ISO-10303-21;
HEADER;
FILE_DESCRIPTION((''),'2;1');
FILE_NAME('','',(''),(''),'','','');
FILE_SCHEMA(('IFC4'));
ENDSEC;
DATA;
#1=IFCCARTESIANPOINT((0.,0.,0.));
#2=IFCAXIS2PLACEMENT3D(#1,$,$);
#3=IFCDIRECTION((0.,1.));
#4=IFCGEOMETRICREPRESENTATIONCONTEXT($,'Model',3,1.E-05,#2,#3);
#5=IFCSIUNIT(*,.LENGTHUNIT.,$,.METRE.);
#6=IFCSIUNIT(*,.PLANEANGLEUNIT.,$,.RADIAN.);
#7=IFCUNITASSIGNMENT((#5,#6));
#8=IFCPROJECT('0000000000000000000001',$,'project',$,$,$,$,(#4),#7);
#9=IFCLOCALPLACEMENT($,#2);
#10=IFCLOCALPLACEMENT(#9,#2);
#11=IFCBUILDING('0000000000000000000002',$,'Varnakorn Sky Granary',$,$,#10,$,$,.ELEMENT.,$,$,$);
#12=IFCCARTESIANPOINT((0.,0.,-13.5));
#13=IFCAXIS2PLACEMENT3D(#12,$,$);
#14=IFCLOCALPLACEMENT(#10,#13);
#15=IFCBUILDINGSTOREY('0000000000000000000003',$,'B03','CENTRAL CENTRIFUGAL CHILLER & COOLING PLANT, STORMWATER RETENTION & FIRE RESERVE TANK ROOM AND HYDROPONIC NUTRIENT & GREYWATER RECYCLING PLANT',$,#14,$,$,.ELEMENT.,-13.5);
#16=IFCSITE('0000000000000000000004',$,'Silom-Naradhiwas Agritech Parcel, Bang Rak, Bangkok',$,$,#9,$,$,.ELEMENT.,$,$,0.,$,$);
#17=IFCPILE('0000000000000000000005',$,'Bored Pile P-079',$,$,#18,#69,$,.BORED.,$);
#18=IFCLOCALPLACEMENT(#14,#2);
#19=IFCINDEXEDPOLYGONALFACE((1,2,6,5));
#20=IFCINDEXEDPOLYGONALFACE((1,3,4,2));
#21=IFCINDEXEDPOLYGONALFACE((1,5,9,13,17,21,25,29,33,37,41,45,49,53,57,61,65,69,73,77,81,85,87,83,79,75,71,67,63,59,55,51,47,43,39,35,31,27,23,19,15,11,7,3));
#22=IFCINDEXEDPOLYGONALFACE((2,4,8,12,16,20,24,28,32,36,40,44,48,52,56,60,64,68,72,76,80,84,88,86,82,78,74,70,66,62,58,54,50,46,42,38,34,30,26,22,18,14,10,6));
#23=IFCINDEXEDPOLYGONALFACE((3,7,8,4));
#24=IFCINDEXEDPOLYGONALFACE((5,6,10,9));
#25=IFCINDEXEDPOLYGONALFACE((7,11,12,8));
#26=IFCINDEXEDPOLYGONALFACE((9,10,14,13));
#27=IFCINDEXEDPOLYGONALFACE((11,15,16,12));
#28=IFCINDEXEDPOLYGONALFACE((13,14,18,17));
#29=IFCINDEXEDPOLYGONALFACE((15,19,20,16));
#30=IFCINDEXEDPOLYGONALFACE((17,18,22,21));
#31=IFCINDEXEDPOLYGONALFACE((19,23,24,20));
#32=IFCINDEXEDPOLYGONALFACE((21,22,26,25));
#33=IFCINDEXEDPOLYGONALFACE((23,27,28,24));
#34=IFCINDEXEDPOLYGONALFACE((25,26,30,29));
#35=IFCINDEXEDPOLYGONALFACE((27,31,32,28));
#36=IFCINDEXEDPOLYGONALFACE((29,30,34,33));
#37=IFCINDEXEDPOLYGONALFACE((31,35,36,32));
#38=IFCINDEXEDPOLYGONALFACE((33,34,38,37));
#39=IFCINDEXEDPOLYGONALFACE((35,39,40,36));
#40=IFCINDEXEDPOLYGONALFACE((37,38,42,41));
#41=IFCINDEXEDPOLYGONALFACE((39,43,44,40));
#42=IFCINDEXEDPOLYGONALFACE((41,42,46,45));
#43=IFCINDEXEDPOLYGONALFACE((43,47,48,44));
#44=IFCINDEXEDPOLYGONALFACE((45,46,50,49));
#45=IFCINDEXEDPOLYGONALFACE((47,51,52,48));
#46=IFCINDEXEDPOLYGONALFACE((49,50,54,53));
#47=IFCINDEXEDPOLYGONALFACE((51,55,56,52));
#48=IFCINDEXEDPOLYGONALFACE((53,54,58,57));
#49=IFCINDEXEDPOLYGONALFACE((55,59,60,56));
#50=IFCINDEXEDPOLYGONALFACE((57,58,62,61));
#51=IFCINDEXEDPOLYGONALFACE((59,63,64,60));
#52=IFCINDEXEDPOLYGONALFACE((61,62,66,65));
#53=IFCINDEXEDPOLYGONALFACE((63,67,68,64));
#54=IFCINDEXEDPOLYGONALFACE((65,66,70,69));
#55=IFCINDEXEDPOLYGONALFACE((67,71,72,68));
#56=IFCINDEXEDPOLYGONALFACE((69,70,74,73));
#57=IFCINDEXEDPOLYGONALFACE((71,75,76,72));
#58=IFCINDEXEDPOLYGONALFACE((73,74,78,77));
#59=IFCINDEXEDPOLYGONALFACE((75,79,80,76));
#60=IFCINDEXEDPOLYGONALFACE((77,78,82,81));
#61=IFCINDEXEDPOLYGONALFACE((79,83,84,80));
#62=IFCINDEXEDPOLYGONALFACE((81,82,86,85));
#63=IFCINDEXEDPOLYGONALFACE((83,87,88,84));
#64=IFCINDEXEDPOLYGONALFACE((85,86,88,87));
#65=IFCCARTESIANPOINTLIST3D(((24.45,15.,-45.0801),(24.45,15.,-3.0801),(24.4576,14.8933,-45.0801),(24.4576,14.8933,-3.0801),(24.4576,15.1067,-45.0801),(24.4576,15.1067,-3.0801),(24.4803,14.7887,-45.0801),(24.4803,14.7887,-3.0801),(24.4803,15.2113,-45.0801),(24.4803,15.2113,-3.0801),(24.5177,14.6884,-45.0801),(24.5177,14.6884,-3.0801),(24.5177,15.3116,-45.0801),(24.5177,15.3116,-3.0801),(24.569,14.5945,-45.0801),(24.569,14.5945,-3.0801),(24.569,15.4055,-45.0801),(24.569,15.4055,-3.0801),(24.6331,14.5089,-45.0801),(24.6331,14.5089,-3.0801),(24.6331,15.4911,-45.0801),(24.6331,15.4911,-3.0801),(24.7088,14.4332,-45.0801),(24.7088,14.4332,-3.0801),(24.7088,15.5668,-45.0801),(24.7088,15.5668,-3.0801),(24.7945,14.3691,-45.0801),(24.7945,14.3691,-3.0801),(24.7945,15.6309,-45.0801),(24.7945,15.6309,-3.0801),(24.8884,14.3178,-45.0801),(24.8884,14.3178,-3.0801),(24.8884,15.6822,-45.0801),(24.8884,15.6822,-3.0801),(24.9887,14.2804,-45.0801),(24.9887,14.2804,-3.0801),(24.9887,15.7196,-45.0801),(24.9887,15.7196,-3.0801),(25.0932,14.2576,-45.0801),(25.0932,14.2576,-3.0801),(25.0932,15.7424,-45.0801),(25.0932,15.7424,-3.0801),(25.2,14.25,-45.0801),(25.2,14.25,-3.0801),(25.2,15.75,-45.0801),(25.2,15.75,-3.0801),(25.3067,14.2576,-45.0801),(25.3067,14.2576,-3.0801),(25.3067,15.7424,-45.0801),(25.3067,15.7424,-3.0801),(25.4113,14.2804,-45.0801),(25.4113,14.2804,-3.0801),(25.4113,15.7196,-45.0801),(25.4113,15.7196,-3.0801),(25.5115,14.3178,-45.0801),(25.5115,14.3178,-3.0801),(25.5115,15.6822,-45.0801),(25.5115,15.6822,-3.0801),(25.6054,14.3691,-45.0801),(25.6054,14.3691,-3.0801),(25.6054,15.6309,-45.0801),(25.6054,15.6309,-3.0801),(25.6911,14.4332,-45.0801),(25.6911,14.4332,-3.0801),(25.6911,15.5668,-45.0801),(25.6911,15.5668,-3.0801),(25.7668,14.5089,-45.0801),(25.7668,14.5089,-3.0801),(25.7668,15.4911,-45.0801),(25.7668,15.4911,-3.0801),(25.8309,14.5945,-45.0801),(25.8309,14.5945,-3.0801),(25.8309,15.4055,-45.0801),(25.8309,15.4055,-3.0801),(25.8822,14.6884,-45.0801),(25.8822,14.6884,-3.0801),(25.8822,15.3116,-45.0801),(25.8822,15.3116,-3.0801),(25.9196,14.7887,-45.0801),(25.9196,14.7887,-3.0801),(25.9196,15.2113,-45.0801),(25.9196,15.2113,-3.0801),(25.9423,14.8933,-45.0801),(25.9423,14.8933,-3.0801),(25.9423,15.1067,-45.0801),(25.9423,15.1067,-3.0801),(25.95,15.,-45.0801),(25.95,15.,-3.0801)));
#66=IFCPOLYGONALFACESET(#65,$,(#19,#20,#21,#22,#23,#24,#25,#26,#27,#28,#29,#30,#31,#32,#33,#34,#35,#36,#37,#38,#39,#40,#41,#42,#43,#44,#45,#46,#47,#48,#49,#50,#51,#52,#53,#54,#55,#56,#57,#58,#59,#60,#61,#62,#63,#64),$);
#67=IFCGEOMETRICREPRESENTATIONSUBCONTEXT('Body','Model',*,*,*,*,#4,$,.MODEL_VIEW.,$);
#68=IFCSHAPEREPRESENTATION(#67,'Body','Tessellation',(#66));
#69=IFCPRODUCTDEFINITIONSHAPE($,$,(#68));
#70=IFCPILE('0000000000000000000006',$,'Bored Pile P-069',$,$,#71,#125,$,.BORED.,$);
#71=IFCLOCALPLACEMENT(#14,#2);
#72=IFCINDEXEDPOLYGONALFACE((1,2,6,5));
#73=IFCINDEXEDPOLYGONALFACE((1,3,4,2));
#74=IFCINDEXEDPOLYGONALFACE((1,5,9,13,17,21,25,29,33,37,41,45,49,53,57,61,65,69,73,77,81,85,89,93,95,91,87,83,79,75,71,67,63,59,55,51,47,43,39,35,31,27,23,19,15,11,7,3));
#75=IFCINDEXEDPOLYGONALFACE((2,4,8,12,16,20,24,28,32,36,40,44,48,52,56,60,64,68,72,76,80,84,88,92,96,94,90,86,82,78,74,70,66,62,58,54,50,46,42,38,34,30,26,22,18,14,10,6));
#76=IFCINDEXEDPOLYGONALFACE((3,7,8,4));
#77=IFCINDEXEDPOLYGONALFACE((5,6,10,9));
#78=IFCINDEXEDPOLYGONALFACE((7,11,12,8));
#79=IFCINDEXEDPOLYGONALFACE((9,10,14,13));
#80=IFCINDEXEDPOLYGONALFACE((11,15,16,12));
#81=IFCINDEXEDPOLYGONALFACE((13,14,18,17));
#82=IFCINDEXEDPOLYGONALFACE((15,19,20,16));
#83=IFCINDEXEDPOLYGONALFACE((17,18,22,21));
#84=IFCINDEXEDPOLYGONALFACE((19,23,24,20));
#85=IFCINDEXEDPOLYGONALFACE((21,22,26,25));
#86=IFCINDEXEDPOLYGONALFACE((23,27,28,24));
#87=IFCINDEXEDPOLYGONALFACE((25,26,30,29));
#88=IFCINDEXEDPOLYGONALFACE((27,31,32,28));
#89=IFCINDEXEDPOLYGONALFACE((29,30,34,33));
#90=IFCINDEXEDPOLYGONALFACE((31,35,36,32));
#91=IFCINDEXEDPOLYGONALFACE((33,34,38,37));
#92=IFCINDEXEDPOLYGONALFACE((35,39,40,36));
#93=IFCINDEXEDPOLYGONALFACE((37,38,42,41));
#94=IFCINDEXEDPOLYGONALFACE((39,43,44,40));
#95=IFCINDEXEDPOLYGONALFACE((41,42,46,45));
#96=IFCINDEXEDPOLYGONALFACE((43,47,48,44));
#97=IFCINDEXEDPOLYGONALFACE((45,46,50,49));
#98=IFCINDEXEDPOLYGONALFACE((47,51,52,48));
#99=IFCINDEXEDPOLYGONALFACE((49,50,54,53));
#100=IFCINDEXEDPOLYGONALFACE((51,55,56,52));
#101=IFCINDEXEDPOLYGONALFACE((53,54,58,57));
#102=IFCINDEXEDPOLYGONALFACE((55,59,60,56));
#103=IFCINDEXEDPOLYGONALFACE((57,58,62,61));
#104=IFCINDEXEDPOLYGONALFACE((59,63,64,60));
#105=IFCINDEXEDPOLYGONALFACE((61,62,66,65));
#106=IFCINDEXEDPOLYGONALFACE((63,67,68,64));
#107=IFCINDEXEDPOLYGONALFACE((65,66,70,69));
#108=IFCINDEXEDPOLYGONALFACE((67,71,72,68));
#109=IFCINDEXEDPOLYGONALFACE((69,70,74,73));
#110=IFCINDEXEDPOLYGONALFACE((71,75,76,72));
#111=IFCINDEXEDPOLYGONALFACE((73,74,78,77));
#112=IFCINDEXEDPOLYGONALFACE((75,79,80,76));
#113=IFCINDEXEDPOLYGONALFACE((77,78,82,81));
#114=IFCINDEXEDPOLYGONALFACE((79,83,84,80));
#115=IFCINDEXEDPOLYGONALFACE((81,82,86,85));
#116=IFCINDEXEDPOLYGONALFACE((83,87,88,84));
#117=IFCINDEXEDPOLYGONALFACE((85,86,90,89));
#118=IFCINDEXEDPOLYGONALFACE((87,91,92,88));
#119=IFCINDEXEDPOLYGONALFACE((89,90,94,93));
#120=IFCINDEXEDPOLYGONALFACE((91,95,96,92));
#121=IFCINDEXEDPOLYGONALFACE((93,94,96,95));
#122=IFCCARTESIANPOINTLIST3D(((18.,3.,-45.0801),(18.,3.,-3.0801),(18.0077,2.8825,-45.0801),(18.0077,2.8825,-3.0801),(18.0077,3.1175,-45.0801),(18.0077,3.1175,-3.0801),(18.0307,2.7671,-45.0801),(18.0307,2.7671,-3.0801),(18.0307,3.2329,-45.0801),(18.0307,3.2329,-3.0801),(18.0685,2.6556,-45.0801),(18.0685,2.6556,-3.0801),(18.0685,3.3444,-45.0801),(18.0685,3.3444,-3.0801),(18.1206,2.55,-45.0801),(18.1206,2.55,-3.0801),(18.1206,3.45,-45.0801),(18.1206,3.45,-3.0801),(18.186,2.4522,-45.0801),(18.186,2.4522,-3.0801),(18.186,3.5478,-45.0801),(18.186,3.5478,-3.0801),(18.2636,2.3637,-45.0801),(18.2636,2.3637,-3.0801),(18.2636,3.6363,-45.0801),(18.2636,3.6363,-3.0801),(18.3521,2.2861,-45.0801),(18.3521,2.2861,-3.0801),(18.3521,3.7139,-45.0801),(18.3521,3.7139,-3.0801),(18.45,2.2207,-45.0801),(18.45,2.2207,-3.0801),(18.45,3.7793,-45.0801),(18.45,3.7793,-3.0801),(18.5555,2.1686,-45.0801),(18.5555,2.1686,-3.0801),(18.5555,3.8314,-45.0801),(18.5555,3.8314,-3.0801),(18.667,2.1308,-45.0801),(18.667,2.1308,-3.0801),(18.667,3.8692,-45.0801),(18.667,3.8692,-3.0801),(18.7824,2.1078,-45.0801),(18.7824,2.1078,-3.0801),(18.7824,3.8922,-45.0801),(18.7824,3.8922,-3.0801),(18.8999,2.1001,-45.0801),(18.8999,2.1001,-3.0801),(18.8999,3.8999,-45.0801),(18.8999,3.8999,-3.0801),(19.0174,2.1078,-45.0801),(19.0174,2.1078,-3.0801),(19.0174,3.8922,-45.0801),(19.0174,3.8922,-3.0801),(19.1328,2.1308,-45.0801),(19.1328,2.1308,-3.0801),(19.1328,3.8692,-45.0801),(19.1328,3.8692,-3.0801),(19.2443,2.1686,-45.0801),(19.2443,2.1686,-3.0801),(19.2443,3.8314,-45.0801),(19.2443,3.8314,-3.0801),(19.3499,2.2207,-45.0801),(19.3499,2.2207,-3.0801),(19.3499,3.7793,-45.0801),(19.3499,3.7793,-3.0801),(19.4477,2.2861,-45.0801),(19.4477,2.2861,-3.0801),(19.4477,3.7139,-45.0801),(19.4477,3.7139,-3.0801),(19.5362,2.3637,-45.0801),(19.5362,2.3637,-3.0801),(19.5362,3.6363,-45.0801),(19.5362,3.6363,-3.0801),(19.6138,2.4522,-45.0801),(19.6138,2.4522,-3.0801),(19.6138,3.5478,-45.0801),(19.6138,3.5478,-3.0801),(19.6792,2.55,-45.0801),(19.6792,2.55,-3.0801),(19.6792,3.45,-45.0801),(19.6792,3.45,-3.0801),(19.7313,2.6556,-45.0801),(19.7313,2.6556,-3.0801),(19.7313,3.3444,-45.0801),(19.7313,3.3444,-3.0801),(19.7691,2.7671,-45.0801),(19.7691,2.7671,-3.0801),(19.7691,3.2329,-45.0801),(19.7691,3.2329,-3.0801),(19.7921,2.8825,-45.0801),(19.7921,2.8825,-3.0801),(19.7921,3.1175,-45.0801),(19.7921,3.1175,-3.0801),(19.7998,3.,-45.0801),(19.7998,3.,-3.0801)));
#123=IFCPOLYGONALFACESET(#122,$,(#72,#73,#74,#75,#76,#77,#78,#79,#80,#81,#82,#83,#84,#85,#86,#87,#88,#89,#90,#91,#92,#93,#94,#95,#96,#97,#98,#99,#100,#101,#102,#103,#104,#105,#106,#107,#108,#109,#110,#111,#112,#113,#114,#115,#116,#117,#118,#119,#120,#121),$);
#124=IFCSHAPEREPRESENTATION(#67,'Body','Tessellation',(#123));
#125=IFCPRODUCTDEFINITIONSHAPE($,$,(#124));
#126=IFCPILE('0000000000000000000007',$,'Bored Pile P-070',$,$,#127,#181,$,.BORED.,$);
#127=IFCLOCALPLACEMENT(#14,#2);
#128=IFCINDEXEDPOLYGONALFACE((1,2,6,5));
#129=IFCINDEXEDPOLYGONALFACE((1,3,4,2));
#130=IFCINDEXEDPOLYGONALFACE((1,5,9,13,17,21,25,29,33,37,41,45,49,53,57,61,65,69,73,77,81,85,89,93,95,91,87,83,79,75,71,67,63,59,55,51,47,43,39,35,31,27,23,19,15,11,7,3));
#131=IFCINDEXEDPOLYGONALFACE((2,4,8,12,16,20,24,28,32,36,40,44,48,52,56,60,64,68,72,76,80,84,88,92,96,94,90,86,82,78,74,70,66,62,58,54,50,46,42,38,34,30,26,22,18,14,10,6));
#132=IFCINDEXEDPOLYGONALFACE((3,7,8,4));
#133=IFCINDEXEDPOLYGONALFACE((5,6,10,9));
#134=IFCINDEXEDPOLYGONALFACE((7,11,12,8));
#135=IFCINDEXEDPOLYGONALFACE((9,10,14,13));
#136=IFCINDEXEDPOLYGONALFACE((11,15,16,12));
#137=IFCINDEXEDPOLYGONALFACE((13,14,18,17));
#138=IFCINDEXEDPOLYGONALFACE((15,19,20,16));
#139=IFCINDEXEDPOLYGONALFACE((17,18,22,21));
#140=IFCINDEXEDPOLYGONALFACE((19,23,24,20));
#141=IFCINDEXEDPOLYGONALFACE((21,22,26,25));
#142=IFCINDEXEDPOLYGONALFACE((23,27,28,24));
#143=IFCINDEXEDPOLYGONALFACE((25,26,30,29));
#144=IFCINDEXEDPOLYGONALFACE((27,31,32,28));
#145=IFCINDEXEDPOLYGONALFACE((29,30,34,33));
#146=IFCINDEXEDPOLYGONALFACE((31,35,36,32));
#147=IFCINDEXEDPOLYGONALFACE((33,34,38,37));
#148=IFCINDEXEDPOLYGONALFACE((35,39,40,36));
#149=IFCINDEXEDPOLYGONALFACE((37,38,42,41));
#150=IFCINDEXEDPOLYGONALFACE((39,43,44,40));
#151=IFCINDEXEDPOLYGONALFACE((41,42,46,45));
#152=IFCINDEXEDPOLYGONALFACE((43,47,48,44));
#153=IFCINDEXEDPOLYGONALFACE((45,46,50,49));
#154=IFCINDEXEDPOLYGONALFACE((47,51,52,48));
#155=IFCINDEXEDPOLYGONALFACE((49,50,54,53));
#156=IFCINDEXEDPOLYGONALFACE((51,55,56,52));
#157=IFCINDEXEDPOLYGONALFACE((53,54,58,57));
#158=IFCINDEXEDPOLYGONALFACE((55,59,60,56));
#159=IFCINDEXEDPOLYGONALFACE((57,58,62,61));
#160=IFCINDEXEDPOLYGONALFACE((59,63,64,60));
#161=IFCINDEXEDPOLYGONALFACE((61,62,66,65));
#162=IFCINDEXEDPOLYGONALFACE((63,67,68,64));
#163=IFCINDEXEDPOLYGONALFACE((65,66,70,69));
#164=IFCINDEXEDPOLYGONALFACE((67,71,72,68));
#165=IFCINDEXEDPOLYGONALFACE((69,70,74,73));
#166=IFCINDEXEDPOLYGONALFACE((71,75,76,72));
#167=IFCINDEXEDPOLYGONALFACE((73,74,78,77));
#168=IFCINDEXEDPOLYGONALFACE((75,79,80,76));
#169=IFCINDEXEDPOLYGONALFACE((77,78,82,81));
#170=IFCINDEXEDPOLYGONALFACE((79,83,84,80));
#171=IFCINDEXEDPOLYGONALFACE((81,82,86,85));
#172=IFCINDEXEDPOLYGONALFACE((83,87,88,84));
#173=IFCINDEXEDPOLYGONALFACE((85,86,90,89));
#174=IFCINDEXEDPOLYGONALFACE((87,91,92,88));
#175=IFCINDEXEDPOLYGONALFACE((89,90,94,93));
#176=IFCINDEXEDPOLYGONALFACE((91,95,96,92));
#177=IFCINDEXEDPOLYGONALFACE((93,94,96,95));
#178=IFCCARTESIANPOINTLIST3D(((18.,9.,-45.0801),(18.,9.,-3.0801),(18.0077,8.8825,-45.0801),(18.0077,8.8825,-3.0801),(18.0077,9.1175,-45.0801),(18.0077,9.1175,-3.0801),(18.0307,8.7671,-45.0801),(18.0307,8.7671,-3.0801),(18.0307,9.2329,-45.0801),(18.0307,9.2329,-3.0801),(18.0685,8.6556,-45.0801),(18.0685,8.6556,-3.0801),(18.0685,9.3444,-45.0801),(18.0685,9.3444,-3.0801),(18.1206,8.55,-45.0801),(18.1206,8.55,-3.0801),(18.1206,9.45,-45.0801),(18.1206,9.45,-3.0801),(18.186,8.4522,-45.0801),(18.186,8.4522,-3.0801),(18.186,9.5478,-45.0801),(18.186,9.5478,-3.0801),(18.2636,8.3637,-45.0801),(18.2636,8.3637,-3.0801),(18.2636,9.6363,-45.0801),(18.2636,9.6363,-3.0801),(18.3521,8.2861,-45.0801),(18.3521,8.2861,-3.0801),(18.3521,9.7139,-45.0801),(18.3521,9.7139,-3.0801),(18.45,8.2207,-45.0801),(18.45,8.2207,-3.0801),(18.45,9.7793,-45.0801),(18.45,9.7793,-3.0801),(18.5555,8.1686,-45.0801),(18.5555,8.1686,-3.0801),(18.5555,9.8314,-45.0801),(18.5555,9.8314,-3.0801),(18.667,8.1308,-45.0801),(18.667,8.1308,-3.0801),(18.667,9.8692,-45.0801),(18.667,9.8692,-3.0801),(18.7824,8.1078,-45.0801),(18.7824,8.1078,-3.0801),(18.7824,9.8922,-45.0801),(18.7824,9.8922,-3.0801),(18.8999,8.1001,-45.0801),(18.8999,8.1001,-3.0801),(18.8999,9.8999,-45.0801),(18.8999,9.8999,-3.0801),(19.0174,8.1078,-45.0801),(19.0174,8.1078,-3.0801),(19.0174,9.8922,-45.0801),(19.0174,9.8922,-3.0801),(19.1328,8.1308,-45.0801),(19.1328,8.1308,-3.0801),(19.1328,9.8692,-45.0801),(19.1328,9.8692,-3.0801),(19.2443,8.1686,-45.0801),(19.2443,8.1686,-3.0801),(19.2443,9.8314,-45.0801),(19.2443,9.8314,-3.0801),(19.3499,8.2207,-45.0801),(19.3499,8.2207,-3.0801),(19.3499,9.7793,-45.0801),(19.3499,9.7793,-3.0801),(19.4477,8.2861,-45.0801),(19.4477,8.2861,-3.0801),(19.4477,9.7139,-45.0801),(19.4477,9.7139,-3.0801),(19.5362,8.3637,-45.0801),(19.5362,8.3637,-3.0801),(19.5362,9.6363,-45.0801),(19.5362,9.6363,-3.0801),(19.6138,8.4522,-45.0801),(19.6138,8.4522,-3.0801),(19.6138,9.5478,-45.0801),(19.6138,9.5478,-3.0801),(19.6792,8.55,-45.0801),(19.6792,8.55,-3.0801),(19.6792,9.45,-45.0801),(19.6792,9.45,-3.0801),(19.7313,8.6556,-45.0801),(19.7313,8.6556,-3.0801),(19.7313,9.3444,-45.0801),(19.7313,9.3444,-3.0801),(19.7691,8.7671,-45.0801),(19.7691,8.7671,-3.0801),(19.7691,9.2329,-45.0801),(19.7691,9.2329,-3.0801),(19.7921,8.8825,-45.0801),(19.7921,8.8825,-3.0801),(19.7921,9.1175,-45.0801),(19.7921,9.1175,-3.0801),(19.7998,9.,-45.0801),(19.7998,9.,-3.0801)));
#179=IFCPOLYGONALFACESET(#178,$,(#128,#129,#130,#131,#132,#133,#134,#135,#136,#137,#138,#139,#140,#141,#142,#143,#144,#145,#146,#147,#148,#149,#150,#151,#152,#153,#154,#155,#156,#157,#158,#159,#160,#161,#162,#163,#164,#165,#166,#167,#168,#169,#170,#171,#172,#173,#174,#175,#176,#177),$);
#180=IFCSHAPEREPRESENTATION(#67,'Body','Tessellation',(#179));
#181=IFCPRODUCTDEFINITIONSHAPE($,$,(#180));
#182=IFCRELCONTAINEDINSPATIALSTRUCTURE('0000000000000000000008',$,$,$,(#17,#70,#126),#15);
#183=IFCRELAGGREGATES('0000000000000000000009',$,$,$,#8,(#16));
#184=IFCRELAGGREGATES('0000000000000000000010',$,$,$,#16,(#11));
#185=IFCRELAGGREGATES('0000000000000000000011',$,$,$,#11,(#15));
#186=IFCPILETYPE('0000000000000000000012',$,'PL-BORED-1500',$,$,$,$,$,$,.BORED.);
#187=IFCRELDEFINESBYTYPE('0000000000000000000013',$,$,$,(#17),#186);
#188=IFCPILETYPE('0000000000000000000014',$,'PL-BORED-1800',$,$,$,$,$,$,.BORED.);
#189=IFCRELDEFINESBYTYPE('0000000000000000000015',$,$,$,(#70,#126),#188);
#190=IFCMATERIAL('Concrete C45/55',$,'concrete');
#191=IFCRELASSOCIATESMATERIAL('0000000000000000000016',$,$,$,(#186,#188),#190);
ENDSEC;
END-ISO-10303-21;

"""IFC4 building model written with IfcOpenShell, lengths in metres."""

from ifc_helpers import new_model, si_unit, direction, frame, origin, origin_2d, place, context, subcontext, project, spatial, circle, extrude, material, material_profile, profile_set, type_object, element, save


model = new_model("IFC4")

# Units and contexts
model_context = context("Model", 3, precision=1e-05, world=origin(), true_north=direction((0.0, 1.0)))
body_context = subcontext(model_context, "Body", "Model", "MODEL_VIEW")
ifc_project = project(units=[si_unit("LENGTHUNIT", "METRE"), si_unit("PLANEANGLEUNIT", "RADIAN")], contexts=[model_context])

# Site, building, storey
site_placement = place(None, origin())
site = spatial("IfcSite", under=ifc_project, at=site_placement, Name="Silom-Naradhiwas Agritech Parcel, Bang Rak, Bangkok", CompositionType="ELEMENT", RefElevation=0.0)
building_placement = place(site_placement, origin())
building = spatial("IfcBuilding", under=site, at=building_placement, Name="Varnakorn Sky Granary", CompositionType="ELEMENT")
storey_placement = place(building_placement, frame((0.0, 0.0, -13.5)))
storey = spatial("IfcBuildingStorey", under=building, at=storey_placement, Name="B03", Description="CENTRAL CENTRIFUGAL CHILLER & COOLING PLANT, STORMWATER RETENTION & FIRE RESERVE TANK ROOM AND HYDROPONIC NUTRIENT & GREYWATER RECYCLING PLANT", CompositionType="ELEMENT", Elevation=-13.5)

# Piles
ifc_material_1 = material(Name="Concrete C45/55", Category="concrete")
ifc_material_profile_1 = material_profile(ifc_material_1, circle(Radius=0.75, at=origin_2d()), Name="PILE D1500")
ifc_profile_set_1 = profile_set([ifc_material_profile_1], Name="Concrete C45/55")
pile_type_1 = type_object("IfcPileType", Name="PL-BORED-1500", PredefinedType="BORED", material=ifc_profile_set_1)
for number, where, z_axis, x_axis, name in (
    (1, (25.2, 15.0, -3.0801), (0.0, 0.0, -1.0), (1.0, 0.0, 0.0), "Bored Pile P-079"),
):
    element("IfcPile", number, at=place(storey_placement, frame(where, z_axis=z_axis, x_axis=x_axis)), inside=storey, type_object=pile_type_1, Name=name, PredefinedType="BORED", context=body_context, shape_type="SweptSolid", body=[
        extrude(circle(Radius=0.75, at=origin_2d()), origin(), (0.0, 0.0, 1.0), 42.0),
    ])
ifc_material_profile_2 = material_profile(ifc_material_1, circle(Radius=0.8999, at=origin_2d()), Name="PILE D1800")
ifc_profile_set_2 = profile_set([ifc_material_profile_2], Name="Concrete C45/55")
pile_type_2 = type_object("IfcPileType", Name="PL-BORED-1800", PredefinedType="BORED", material=ifc_profile_set_2)
for number, where, z_axis, x_axis, name in (
    (2, (18.8999, 3.0, -3.0801), (0.0, 0.0, -1.0), (1.0, 0.0, 0.0), "Bored Pile P-069"),
    (3, (18.8999, 9.0, -3.0801), (0.0, 0.0, -1.0), (1.0, 0.0, 0.0), "Bored Pile P-070"),
):
    element("IfcPile", number, at=place(storey_placement, frame(where, z_axis=z_axis, x_axis=x_axis)), inside=storey, type_object=pile_type_2, Name=name, PredefinedType="BORED", context=body_context, shape_type="SweptSolid", body=[
        extrude(circle(Radius=0.8999, at=origin_2d()), origin(), (0.0, 0.0, 1.0), 42.0),
    ])

save(model, "model.ifc")
